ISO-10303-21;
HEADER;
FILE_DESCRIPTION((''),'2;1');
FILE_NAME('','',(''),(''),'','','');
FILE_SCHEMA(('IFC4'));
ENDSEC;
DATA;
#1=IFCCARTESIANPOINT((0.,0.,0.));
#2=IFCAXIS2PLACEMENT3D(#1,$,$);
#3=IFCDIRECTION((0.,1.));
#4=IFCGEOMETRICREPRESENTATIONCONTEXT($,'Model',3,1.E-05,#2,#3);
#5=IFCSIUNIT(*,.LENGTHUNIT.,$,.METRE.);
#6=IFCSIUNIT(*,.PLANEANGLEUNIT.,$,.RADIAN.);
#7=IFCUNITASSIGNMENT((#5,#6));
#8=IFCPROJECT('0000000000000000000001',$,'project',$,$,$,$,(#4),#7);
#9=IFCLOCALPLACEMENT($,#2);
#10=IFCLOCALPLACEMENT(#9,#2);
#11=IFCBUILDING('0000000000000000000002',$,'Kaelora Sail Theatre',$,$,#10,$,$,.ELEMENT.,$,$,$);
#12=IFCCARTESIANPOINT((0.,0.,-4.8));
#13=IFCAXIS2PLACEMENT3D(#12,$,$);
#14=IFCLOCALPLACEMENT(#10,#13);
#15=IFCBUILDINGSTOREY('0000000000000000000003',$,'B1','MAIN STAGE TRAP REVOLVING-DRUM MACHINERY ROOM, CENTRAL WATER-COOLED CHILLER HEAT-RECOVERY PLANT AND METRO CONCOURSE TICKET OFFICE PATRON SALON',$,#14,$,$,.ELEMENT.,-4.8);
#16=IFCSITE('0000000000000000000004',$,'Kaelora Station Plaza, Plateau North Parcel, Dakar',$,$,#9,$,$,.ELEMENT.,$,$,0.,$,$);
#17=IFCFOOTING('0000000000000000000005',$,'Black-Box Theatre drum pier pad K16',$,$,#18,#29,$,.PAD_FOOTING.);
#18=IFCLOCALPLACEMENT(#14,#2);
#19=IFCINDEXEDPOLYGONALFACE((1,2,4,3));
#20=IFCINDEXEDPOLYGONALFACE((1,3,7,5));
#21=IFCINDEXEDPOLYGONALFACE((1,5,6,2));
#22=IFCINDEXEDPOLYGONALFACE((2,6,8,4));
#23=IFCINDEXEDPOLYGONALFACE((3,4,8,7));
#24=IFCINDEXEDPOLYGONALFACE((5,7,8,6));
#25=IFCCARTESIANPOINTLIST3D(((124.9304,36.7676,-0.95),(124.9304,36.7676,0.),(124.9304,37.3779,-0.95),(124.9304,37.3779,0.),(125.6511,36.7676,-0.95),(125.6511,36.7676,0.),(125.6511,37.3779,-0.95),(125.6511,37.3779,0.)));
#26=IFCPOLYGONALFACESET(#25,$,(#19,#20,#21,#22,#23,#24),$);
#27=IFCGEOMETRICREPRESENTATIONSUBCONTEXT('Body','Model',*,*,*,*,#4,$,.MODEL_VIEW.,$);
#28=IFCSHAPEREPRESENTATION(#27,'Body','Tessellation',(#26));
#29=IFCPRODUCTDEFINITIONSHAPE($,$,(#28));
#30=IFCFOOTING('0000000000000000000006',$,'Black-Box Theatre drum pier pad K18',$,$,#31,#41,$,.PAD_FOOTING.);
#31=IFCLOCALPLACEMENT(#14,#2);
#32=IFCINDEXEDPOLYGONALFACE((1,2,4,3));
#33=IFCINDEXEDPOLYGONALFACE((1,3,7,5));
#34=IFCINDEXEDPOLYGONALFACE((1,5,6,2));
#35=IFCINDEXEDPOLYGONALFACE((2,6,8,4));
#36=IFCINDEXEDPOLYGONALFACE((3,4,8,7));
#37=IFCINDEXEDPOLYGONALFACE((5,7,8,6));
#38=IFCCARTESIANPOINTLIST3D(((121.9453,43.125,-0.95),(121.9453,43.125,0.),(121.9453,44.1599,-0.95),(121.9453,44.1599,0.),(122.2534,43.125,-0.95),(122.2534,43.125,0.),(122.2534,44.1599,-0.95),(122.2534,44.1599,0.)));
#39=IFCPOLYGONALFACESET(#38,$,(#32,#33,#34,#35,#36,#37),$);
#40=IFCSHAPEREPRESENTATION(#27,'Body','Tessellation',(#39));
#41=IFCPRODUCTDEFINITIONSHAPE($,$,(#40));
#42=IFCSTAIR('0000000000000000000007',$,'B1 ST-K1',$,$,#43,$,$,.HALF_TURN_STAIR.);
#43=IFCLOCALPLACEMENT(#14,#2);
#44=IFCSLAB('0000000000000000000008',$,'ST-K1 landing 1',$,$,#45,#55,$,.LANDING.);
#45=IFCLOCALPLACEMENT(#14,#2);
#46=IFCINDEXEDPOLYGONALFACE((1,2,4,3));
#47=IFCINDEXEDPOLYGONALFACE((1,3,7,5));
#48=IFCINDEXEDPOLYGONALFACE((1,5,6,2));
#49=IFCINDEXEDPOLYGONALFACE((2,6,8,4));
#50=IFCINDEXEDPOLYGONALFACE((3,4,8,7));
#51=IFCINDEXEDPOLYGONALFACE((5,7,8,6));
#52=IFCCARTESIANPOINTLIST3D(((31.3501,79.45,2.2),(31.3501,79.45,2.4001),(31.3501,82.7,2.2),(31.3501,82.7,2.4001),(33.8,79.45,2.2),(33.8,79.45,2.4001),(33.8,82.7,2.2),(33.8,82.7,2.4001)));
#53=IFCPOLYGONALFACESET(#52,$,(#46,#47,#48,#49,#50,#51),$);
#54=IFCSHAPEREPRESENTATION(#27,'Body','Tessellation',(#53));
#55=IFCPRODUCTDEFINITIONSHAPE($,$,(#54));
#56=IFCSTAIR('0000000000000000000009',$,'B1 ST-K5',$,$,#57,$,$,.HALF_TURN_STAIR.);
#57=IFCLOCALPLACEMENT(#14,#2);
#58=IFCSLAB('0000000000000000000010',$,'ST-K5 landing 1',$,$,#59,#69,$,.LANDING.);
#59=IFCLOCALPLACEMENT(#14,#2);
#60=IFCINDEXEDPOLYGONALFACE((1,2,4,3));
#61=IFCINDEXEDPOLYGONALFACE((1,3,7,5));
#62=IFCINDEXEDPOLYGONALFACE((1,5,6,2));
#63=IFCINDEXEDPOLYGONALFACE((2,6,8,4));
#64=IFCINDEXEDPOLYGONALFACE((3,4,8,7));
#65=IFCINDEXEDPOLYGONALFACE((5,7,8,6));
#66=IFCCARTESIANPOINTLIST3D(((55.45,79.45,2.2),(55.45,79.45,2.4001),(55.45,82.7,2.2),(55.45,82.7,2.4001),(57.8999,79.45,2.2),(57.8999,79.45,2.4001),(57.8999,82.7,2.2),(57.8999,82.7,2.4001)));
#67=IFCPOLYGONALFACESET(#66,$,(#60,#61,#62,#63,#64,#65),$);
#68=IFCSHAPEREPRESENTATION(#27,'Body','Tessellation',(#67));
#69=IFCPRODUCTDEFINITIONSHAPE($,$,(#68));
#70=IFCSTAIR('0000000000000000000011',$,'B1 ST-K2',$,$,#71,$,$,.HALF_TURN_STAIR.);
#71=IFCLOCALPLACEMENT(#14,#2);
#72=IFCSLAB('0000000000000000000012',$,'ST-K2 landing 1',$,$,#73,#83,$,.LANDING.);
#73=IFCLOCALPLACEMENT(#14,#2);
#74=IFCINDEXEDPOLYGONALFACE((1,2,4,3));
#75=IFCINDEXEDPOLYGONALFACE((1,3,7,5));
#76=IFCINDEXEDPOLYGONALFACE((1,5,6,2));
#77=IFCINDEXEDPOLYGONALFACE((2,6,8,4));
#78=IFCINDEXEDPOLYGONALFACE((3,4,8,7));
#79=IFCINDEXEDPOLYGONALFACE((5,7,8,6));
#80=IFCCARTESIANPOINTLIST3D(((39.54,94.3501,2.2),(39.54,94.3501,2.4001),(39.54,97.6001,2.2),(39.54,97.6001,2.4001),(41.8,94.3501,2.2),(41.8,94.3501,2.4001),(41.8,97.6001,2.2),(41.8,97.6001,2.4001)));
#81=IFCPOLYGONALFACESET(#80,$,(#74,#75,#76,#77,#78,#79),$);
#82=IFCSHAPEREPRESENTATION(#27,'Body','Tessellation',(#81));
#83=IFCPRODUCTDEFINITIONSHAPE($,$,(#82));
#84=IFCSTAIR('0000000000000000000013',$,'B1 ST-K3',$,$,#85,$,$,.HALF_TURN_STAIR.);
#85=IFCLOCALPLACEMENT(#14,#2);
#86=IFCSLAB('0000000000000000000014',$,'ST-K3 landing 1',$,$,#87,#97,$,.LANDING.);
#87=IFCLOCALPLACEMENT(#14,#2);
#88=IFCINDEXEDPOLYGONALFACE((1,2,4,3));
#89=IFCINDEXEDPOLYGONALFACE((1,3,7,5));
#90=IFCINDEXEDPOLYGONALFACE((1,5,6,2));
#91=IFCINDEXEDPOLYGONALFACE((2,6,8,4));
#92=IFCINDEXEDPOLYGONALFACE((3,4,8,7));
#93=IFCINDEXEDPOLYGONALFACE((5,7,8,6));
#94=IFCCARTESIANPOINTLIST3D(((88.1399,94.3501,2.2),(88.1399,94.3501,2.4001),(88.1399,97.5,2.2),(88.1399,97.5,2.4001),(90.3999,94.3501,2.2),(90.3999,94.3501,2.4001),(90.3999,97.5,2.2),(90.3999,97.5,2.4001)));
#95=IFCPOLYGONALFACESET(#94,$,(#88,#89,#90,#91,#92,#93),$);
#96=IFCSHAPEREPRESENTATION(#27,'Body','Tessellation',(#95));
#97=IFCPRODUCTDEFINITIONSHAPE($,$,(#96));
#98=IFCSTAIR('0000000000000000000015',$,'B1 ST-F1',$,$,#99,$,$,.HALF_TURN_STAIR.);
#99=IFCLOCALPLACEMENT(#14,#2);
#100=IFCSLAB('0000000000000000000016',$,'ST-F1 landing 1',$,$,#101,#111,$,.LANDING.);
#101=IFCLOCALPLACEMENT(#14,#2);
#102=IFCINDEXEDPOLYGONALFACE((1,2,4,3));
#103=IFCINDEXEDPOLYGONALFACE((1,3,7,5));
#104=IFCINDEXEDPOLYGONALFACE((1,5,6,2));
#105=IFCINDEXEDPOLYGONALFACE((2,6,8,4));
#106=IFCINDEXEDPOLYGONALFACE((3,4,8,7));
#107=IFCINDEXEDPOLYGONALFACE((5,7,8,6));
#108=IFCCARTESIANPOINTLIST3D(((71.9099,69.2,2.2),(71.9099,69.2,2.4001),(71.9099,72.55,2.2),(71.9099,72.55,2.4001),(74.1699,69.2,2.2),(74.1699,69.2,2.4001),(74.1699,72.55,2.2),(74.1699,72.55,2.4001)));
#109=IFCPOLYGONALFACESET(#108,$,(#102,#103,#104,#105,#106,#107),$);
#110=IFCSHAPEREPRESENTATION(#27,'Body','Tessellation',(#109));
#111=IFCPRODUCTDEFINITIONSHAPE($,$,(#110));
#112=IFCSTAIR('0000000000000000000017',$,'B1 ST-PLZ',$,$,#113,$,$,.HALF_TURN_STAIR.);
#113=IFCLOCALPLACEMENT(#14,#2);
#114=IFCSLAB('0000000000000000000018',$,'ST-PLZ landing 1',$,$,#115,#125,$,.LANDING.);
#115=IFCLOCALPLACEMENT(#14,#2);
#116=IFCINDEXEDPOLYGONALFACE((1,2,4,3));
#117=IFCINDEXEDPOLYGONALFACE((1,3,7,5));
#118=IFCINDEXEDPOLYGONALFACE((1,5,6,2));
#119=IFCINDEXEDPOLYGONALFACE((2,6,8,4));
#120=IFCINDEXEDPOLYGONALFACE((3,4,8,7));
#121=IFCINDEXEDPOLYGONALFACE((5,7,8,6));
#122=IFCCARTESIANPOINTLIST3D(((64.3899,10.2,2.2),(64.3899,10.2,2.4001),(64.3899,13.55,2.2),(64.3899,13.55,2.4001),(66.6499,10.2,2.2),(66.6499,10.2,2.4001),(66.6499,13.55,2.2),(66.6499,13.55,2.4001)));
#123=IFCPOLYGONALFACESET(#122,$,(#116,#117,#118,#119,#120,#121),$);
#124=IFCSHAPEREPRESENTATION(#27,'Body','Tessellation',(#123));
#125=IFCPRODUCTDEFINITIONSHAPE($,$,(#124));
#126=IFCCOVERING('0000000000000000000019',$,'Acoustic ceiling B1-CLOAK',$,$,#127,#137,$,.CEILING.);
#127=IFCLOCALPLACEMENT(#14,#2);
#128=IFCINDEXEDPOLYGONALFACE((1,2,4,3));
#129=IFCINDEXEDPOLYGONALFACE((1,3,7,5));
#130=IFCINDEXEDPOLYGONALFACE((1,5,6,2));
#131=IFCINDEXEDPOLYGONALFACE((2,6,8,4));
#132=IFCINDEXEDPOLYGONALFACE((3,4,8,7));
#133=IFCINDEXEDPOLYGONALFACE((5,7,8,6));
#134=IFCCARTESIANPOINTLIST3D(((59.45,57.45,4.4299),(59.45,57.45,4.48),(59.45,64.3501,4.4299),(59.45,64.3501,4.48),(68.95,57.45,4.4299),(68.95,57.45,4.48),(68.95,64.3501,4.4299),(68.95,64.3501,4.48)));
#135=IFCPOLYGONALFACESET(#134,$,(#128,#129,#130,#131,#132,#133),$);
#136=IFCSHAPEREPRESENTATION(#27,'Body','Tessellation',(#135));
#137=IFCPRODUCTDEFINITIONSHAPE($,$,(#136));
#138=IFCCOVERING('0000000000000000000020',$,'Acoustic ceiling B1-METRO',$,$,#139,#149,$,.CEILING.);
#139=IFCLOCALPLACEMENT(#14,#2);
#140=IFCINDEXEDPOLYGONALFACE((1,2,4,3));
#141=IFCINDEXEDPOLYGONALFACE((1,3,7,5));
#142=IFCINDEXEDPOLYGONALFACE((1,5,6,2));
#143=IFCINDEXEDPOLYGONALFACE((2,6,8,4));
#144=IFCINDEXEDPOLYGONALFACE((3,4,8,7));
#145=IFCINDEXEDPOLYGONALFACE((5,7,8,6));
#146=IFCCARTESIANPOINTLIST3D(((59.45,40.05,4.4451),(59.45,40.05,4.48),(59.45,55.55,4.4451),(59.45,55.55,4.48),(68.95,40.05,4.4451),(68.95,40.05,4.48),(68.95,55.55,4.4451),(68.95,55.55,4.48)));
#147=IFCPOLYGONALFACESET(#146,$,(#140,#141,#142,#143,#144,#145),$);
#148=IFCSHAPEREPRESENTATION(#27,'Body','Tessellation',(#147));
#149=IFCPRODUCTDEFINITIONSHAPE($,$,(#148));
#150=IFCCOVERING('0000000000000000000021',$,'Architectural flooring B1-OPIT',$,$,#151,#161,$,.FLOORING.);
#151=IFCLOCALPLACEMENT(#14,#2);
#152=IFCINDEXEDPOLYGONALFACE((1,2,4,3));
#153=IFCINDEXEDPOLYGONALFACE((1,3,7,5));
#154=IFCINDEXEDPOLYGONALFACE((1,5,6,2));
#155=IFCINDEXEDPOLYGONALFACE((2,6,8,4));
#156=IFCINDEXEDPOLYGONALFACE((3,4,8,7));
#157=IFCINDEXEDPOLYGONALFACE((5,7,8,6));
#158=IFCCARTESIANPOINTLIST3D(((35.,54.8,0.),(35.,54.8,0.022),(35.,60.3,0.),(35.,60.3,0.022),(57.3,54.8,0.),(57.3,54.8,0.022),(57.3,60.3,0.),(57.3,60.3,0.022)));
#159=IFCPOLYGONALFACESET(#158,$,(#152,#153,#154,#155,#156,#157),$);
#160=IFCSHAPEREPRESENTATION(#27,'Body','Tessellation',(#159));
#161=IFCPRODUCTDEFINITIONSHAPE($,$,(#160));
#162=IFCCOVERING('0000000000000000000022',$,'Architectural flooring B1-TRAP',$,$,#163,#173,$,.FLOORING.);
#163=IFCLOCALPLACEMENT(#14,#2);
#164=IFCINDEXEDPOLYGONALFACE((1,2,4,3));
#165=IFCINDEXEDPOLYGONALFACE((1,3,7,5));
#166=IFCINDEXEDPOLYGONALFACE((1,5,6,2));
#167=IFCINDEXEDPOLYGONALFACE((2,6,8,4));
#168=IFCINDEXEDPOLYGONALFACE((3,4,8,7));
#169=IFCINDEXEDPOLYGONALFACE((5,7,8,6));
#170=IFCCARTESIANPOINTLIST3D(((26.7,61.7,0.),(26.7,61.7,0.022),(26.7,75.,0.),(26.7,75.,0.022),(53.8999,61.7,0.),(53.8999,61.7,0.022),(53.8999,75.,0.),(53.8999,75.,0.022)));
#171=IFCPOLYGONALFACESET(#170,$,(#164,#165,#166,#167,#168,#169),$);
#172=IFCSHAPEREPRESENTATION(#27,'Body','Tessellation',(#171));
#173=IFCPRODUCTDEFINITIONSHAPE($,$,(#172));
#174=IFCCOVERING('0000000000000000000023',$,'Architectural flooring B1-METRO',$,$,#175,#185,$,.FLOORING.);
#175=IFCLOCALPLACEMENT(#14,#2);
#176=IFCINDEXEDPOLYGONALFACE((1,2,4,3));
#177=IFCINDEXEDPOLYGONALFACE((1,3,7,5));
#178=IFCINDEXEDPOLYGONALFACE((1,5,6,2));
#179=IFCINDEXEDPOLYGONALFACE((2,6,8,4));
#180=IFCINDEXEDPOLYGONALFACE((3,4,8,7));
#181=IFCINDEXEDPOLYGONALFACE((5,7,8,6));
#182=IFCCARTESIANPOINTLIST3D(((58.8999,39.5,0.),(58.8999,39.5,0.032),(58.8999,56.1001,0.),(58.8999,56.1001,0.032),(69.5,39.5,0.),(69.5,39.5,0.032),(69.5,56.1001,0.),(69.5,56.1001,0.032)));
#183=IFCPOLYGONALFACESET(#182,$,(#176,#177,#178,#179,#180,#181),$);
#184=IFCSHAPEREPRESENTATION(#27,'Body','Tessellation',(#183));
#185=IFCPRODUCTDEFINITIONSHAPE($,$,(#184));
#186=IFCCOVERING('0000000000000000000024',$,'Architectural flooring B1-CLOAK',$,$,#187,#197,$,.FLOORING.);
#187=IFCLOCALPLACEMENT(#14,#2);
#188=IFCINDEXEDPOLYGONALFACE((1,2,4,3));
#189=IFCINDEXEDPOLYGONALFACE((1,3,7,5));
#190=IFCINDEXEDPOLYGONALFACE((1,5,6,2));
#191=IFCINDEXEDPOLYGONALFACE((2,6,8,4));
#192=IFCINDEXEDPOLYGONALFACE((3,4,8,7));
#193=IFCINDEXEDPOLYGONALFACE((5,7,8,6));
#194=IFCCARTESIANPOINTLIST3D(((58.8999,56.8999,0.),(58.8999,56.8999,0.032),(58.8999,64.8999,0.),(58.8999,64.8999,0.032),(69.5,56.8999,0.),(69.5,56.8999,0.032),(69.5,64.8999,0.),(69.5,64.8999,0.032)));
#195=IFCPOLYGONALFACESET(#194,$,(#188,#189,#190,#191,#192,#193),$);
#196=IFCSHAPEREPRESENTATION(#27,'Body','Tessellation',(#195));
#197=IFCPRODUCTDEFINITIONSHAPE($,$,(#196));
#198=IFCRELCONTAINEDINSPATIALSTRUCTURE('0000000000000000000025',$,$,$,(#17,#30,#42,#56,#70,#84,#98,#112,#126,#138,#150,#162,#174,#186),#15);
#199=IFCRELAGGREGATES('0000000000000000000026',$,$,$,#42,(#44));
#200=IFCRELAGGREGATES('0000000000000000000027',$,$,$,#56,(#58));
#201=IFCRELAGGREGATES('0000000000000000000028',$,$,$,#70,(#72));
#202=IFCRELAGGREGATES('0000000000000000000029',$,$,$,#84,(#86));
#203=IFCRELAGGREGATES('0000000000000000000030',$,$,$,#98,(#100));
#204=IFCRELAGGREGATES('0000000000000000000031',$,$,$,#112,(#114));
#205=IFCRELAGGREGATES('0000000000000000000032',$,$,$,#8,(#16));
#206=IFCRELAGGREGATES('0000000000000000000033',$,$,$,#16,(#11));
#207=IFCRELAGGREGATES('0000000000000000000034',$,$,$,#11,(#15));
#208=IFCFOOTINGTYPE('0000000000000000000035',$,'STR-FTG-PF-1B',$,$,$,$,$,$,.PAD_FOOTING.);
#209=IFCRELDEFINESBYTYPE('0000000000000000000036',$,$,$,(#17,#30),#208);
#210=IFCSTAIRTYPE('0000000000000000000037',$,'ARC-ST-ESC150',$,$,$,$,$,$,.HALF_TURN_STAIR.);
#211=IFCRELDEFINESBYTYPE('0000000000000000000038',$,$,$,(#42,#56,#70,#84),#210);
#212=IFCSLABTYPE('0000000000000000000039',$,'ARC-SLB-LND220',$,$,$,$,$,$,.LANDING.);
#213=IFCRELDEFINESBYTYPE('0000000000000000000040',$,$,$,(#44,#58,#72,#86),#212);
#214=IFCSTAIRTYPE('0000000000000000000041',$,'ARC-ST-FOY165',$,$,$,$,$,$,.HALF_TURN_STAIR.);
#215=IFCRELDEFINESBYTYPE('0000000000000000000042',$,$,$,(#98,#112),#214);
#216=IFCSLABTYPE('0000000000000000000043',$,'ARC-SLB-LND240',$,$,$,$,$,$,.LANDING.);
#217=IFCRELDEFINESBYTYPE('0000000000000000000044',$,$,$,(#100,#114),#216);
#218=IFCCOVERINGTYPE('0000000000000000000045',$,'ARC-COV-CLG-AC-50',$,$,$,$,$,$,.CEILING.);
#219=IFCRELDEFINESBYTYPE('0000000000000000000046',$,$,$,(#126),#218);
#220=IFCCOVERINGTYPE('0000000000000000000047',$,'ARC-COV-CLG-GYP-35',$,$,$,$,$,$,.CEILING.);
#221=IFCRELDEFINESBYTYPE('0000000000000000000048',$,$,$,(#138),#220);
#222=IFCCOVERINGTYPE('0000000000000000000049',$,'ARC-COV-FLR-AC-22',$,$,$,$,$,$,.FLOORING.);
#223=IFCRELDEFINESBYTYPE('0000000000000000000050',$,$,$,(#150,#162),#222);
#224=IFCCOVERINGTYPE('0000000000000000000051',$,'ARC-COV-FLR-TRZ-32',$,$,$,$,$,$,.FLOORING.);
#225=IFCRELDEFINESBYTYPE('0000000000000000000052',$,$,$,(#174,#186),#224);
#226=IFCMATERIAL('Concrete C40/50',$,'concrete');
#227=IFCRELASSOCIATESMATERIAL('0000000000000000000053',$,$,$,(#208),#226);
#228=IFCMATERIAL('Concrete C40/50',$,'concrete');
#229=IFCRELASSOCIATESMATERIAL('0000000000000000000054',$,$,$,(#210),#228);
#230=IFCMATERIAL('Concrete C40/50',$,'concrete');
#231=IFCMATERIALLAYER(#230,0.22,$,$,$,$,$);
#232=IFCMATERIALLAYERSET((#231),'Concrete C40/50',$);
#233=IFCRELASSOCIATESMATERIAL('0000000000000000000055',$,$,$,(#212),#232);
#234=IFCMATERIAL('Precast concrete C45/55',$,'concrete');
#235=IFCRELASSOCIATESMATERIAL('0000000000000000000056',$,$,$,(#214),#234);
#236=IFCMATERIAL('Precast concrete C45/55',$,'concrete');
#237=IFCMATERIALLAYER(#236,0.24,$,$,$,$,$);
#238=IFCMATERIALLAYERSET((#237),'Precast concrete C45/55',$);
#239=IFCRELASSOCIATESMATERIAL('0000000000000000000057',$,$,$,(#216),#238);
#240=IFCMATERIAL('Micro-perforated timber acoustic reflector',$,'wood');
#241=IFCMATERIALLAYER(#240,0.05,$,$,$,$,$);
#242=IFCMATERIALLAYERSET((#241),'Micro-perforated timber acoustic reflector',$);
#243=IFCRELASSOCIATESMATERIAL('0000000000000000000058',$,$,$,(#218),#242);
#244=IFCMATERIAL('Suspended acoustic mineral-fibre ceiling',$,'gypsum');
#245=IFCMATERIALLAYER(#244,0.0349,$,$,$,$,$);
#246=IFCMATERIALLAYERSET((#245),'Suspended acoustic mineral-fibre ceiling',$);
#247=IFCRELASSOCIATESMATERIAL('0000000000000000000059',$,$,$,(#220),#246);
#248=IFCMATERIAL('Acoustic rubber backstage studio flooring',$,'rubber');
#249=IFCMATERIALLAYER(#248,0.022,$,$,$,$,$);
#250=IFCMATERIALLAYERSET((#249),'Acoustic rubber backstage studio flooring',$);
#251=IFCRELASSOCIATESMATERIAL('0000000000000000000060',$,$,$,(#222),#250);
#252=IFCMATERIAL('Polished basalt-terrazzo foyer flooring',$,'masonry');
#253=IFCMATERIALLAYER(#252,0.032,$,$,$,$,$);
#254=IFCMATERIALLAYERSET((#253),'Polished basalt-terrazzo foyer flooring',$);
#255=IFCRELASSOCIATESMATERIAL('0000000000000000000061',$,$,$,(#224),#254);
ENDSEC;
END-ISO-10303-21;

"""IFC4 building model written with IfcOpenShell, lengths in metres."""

from ifc_helpers import new_model, si_unit, direction, frame, origin, place, context, subcontext, project, spatial, polyline, outline, extrude, material, layer, layer_set, type_object, element, aggregate, save


model = new_model("IFC4")

# Units and contexts
model_context = context("Model", 3, precision=1e-05, world=origin(), true_north=direction((0.0, 1.0)))
body_context = subcontext(model_context, "Body", "Model", "MODEL_VIEW")
ifc_project = project(units=[si_unit("LENGTHUNIT", "METRE"), si_unit("PLANEANGLEUNIT", "RADIAN")], contexts=[model_context])

# Site, building, storey
site_placement = place(None, origin())
site = spatial("IfcSite", under=ifc_project, at=site_placement, Name="Kaelora Station Plaza, Plateau North Parcel, Dakar", CompositionType="ELEMENT", RefElevation=0.0)
building_placement = place(site_placement, origin())
building = spatial("IfcBuilding", under=site, at=building_placement, Name="Kaelora Sail Theatre", CompositionType="ELEMENT")
storey_placement = place(building_placement, frame((0.0, 0.0, -4.8)))
storey = spatial("IfcBuildingStorey", under=building, at=storey_placement, Name="B1", Description="MAIN STAGE TRAP REVOLVING-DRUM MACHINERY ROOM, CENTRAL WATER-COOLED CHILLER HEAT-RECOVERY PLANT AND METRO CONCOURSE TICKET OFFICE PATRON SALON", CompositionType="ELEMENT", Elevation=-4.8)

# Footings
ifc_material_1 = material(Name="Concrete C40/50", Category="concrete")
footing_type = type_object("IfcFootingType", Name="STR-FTG-PF-1B", PredefinedType="PAD_FOOTING", material=ifc_material_1)
footing_1_placement = place(storey_placement, frame((0.0, 0.0, -0.95)))
element("IfcFooting", 1, at=footing_1_placement, inside=storey, type_object=footing_type, Name="Black-Box Theatre drum pier pad K16", PredefinedType="PAD_FOOTING", context=body_context, shape_type="SweptSolid", body=[
    extrude(outline(polyline([(125.6511, 36.7676), (124.9304, 36.7676), (124.9304, 37.3779), (125.6511, 37.3779), (125.6511, 36.7676)])), origin(), (0.0, 0.0, 1.0), 0.95),
])
footing_2_placement = place(storey_placement, frame((0.0, 0.0, -0.95)))
element("IfcFooting", 2, at=footing_2_placement, inside=storey, type_object=footing_type, Name="Black-Box Theatre drum pier pad K18", PredefinedType="PAD_FOOTING", context=body_context, shape_type="SweptSolid", body=[
    extrude(outline(polyline([(121.9453, 43.125), (121.9453, 44.1599), (122.2534, 44.1599), (122.2534, 43.125), (121.9453, 43.125)])), origin(), (0.0, 0.0, 1.0), 0.95),
])

# Stairs, slabs
ifc_material_2 = material(Name="Concrete C40/50", Category="concrete")
stair_type_1 = type_object("IfcStairType", Name="ARC-ST-ESC150", PredefinedType="HALF_TURN_STAIR", material=ifc_material_2)
stair_1_placement = place(storey_placement, origin())
stair_1 = element("IfcStair", 3, at=stair_1_placement, inside=storey, type_object=stair_type_1, Name="B1 ST-K1", PredefinedType="HALF_TURN_STAIR")
ifc_material_3 = material(Name="Concrete C40/50", Category="concrete")
ifc_layer_1 = layer(ifc_material_3, 0.22)
ifc_layer_set_1 = layer_set([ifc_layer_1], Name="Concrete C40/50")
slab_type_1 = type_object("IfcSlabType", Name="ARC-SLB-LND220", PredefinedType="LANDING", material=ifc_layer_set_1)
slab_1_placement = place(storey_placement, frame((0.0, 0.0, 2.2)))
slab_1 = element("IfcSlab", 4, at=slab_1_placement, type_object=slab_type_1, Name="ST-K1 landing 1", PredefinedType="LANDING", context=body_context, shape_type="SweptSolid", body=[
    extrude(outline(polyline([(31.3501, 79.45), (33.8, 79.45), (33.8, 82.7), (31.3501, 82.7), (31.3501, 79.45)])), origin(), (0.0, 0.0, 1.0), 0.2002),
])
aggregate(stair_1, [slab_1])
stair_2_placement = place(storey_placement, origin())
stair_2 = element("IfcStair", 5, at=stair_2_placement, inside=storey, type_object=stair_type_1, Name="B1 ST-K5", PredefinedType="HALF_TURN_STAIR")
slab_2_placement = place(storey_placement, frame((0.0, 0.0, 2.2)))
slab_2 = element("IfcSlab", 6, at=slab_2_placement, type_object=slab_type_1, Name="ST-K5 landing 1", PredefinedType="LANDING", context=body_context, shape_type="SweptSolid", body=[
    extrude(outline(polyline([(55.45, 79.45), (57.8999, 79.45), (57.8999, 82.7), (55.45, 82.7), (55.45, 79.45)])), origin(), (0.0, 0.0, 1.0), 0.2002),
])
aggregate(stair_2, [slab_2])
stair_3_placement = place(storey_placement, origin())
stair_3 = element("IfcStair", 7, at=stair_3_placement, inside=storey, type_object=stair_type_1, Name="B1 ST-K2", PredefinedType="HALF_TURN_STAIR")
slab_3_placement = place(storey_placement, frame((0.0, 0.0, 2.2)))
slab_3 = element("IfcSlab", 8, at=slab_3_placement, type_object=slab_type_1, Name="ST-K2 landing 1", PredefinedType="LANDING", context=body_context, shape_type="SweptSolid", body=[
    extrude(outline(polyline([(39.54, 94.3501), (41.8, 94.3501), (41.8, 97.6001), (39.54, 97.6001), (39.54, 94.3501)])), origin(), (0.0, 0.0, 1.0), 0.2002),
])
aggregate(stair_3, [slab_3])
stair_4_placement = place(storey_placement, origin())
stair_4 = element("IfcStair", 9, at=stair_4_placement, inside=storey, type_object=stair_type_1, Name="B1 ST-K3", PredefinedType="HALF_TURN_STAIR")
slab_4_placement = place(storey_placement, frame((0.0, 0.0, 2.2)))
slab_4 = element("IfcSlab", 10, at=slab_4_placement, type_object=slab_type_1, Name="ST-K3 landing 1", PredefinedType="LANDING", context=body_context, shape_type="SweptSolid", body=[
    extrude(outline(polyline([(88.1399, 94.3501), (90.3999, 94.3501), (90.3999, 97.5), (88.1399, 97.5), (88.1399, 94.3501)])), origin(), (0.0, 0.0, 1.0), 0.2002),
])
aggregate(stair_4, [slab_4])
ifc_material_4 = material(Name="Precast concrete C45/55", Category="concrete")
stair_type_2 = type_object("IfcStairType", Name="ARC-ST-FOY165", PredefinedType="HALF_TURN_STAIR", material=ifc_material_4)
stair_5_placement = place(storey_placement, origin())
stair_5 = element("IfcStair", 11, at=stair_5_placement, inside=storey, type_object=stair_type_2, Name="B1 ST-F1", PredefinedType="HALF_TURN_STAIR")
ifc_material_5 = material(Name="Precast concrete C45/55", Category="concrete")
ifc_layer_2 = layer(ifc_material_5, 0.24)
ifc_layer_set_2 = layer_set([ifc_layer_2], Name="Precast concrete C45/55")
slab_type_2 = type_object("IfcSlabType", Name="ARC-SLB-LND240", PredefinedType="LANDING", material=ifc_layer_set_2)
slab_5_placement = place(storey_placement, frame((0.0, 0.0, 2.2)))
slab_5 = element("IfcSlab", 12, at=slab_5_placement, type_object=slab_type_2, Name="ST-F1 landing 1", PredefinedType="LANDING", context=body_context, shape_type="SweptSolid", body=[
    extrude(outline(polyline([(71.9099, 69.2), (74.1699, 69.2), (74.1699, 72.55), (71.9099, 72.55), (71.9099, 69.2)])), origin(), (0.0, 0.0, 1.0), 0.2002),
])
aggregate(stair_5, [slab_5])
stair_6_placement = place(storey_placement, origin())
stair_6 = element("IfcStair", 13, at=stair_6_placement, inside=storey, type_object=stair_type_2, Name="B1 ST-PLZ", PredefinedType="HALF_TURN_STAIR")
slab_6_placement = place(storey_placement, frame((0.0, 0.0, 2.2)))
slab_6 = element("IfcSlab", 14, at=slab_6_placement, type_object=slab_type_2, Name="ST-PLZ landing 1", PredefinedType="LANDING", context=body_context, shape_type="SweptSolid", body=[
    extrude(outline(polyline([(64.3899, 10.2), (66.6499, 10.2), (66.6499, 13.55), (64.3899, 13.55), (64.3899, 10.2)])), origin(), (0.0, 0.0, 1.0), 0.2002),
])
aggregate(stair_6, [slab_6])

# Coverings
ifc_material_6 = material(Name="Micro-perforated timber acoustic reflector", Category="wood")
ifc_layer_3 = layer(ifc_material_6, 0.05)
ifc_layer_set_3 = layer_set([ifc_layer_3], Name="Micro-perforated timber acoustic reflector")
covering_type_1 = type_object("IfcCoveringType", Name="ARC-COV-CLG-AC-50", PredefinedType="CEILING", material=ifc_layer_set_3)
covering_1_placement = place(storey_placement, frame((0.0, 0.0, 4.4299)))
element("IfcCovering", 15, at=covering_1_placement, inside=storey, type_object=covering_type_1, Name="Acoustic ceiling B1-CLOAK", PredefinedType="CEILING", context=body_context, shape_type="SweptSolid", body=[
    extrude(outline(polyline([(59.45, 57.45), (68.95, 57.45), (68.95, 64.3501), (59.45, 64.3501), (59.45, 57.45)])), origin(), (0.0, 0.0, 1.0), 0.05),
])
ifc_material_7 = material(Name="Suspended acoustic mineral-fibre ceiling", Category="gypsum")
ifc_layer_4 = layer(ifc_material_7, 0.0349)
ifc_layer_set_4 = layer_set([ifc_layer_4], Name="Suspended acoustic mineral-fibre ceiling")
covering_type_2 = type_object("IfcCoveringType", Name="ARC-COV-CLG-GYP-35", PredefinedType="CEILING", material=ifc_layer_set_4)
covering_2_placement = place(storey_placement, frame((0.0, 0.0, 4.4451)))
element("IfcCovering", 16, at=covering_2_placement, inside=storey, type_object=covering_type_2, Name="Acoustic ceiling B1-METRO", PredefinedType="CEILING", context=body_context, shape_type="SweptSolid", body=[
    extrude(outline(polyline([(59.45, 40.05), (68.95, 40.05), (68.95, 55.55), (59.45, 55.55), (59.45, 40.05)])), origin(), (0.0, 0.0, 1.0), 0.0349),
])
ifc_material_8 = material(Name="Acoustic rubber backstage studio flooring", Category="rubber")
ifc_layer_5 = layer(ifc_material_8, 0.022)
ifc_layer_set_5 = layer_set([ifc_layer_5], Name="Acoustic rubber backstage studio flooring")
covering_type_3 = type_object("IfcCoveringType", Name="ARC-COV-FLR-AC-22", PredefinedType="FLOORING", material=ifc_layer_set_5)
covering_3_placement = place(storey_placement, origin())
element("IfcCovering", 17, at=covering_3_placement, inside=storey, type_object=covering_type_3, Name="Architectural flooring B1-OPIT", PredefinedType="FLOORING", context=body_context, shape_type="SweptSolid", body=[
    extrude(outline(polyline([(35.0, 54.8), (57.3, 54.8), (57.3, 60.3), (35.0, 60.3), (35.0, 54.8)])), origin(), (0.0, 0.0, 1.0), 0.022),
])
covering_4_placement = place(storey_placement, origin())
element("IfcCovering", 18, at=covering_4_placement, inside=storey, type_object=covering_type_3, Name="Architectural flooring B1-TRAP", PredefinedType="FLOORING", context=body_context, shape_type="SweptSolid", body=[
    extrude(outline(polyline([(26.7, 61.7), (53.8999, 61.7), (53.8999, 75.0), (26.7, 75.0), (26.7, 61.7)])), origin(), (0.0, 0.0, 1.0), 0.022),
])
ifc_material_9 = material(Name="Polished basalt-terrazzo foyer flooring", Category="masonry")
ifc_layer_6 = layer(ifc_material_9, 0.032)
ifc_layer_set_6 = layer_set([ifc_layer_6], Name="Polished basalt-terrazzo foyer flooring")
covering_type_4 = type_object("IfcCoveringType", Name="ARC-COV-FLR-TRZ-32", PredefinedType="FLOORING", material=ifc_layer_set_6)
covering_5_placement = place(storey_placement, origin())
element("IfcCovering", 19, at=covering_5_placement, inside=storey, type_object=covering_type_4, Name="Architectural flooring B1-METRO", PredefinedType="FLOORING", context=body_context, shape_type="SweptSolid", body=[
    extrude(outline(polyline([(58.8999, 39.5), (69.5, 39.5), (69.5, 56.1001), (58.8999, 56.1001), (58.8999, 39.5)])), origin(), (0.0, 0.0, 1.0), 0.032),
])
covering_6_placement = place(storey_placement, origin())
element("IfcCovering", 20, at=covering_6_placement, inside=storey, type_object=covering_type_4, Name="Architectural flooring B1-CLOAK", PredefinedType="FLOORING", context=body_context, shape_type="SweptSolid", body=[
    extrude(outline(polyline([(58.8999, 56.8999), (69.5, 56.8999), (69.5, 64.8999), (58.8999, 64.8999), (58.8999, 56.8999)])), origin(), (0.0, 0.0, 1.0), 0.032),
])

save(model, "model.ifc")
